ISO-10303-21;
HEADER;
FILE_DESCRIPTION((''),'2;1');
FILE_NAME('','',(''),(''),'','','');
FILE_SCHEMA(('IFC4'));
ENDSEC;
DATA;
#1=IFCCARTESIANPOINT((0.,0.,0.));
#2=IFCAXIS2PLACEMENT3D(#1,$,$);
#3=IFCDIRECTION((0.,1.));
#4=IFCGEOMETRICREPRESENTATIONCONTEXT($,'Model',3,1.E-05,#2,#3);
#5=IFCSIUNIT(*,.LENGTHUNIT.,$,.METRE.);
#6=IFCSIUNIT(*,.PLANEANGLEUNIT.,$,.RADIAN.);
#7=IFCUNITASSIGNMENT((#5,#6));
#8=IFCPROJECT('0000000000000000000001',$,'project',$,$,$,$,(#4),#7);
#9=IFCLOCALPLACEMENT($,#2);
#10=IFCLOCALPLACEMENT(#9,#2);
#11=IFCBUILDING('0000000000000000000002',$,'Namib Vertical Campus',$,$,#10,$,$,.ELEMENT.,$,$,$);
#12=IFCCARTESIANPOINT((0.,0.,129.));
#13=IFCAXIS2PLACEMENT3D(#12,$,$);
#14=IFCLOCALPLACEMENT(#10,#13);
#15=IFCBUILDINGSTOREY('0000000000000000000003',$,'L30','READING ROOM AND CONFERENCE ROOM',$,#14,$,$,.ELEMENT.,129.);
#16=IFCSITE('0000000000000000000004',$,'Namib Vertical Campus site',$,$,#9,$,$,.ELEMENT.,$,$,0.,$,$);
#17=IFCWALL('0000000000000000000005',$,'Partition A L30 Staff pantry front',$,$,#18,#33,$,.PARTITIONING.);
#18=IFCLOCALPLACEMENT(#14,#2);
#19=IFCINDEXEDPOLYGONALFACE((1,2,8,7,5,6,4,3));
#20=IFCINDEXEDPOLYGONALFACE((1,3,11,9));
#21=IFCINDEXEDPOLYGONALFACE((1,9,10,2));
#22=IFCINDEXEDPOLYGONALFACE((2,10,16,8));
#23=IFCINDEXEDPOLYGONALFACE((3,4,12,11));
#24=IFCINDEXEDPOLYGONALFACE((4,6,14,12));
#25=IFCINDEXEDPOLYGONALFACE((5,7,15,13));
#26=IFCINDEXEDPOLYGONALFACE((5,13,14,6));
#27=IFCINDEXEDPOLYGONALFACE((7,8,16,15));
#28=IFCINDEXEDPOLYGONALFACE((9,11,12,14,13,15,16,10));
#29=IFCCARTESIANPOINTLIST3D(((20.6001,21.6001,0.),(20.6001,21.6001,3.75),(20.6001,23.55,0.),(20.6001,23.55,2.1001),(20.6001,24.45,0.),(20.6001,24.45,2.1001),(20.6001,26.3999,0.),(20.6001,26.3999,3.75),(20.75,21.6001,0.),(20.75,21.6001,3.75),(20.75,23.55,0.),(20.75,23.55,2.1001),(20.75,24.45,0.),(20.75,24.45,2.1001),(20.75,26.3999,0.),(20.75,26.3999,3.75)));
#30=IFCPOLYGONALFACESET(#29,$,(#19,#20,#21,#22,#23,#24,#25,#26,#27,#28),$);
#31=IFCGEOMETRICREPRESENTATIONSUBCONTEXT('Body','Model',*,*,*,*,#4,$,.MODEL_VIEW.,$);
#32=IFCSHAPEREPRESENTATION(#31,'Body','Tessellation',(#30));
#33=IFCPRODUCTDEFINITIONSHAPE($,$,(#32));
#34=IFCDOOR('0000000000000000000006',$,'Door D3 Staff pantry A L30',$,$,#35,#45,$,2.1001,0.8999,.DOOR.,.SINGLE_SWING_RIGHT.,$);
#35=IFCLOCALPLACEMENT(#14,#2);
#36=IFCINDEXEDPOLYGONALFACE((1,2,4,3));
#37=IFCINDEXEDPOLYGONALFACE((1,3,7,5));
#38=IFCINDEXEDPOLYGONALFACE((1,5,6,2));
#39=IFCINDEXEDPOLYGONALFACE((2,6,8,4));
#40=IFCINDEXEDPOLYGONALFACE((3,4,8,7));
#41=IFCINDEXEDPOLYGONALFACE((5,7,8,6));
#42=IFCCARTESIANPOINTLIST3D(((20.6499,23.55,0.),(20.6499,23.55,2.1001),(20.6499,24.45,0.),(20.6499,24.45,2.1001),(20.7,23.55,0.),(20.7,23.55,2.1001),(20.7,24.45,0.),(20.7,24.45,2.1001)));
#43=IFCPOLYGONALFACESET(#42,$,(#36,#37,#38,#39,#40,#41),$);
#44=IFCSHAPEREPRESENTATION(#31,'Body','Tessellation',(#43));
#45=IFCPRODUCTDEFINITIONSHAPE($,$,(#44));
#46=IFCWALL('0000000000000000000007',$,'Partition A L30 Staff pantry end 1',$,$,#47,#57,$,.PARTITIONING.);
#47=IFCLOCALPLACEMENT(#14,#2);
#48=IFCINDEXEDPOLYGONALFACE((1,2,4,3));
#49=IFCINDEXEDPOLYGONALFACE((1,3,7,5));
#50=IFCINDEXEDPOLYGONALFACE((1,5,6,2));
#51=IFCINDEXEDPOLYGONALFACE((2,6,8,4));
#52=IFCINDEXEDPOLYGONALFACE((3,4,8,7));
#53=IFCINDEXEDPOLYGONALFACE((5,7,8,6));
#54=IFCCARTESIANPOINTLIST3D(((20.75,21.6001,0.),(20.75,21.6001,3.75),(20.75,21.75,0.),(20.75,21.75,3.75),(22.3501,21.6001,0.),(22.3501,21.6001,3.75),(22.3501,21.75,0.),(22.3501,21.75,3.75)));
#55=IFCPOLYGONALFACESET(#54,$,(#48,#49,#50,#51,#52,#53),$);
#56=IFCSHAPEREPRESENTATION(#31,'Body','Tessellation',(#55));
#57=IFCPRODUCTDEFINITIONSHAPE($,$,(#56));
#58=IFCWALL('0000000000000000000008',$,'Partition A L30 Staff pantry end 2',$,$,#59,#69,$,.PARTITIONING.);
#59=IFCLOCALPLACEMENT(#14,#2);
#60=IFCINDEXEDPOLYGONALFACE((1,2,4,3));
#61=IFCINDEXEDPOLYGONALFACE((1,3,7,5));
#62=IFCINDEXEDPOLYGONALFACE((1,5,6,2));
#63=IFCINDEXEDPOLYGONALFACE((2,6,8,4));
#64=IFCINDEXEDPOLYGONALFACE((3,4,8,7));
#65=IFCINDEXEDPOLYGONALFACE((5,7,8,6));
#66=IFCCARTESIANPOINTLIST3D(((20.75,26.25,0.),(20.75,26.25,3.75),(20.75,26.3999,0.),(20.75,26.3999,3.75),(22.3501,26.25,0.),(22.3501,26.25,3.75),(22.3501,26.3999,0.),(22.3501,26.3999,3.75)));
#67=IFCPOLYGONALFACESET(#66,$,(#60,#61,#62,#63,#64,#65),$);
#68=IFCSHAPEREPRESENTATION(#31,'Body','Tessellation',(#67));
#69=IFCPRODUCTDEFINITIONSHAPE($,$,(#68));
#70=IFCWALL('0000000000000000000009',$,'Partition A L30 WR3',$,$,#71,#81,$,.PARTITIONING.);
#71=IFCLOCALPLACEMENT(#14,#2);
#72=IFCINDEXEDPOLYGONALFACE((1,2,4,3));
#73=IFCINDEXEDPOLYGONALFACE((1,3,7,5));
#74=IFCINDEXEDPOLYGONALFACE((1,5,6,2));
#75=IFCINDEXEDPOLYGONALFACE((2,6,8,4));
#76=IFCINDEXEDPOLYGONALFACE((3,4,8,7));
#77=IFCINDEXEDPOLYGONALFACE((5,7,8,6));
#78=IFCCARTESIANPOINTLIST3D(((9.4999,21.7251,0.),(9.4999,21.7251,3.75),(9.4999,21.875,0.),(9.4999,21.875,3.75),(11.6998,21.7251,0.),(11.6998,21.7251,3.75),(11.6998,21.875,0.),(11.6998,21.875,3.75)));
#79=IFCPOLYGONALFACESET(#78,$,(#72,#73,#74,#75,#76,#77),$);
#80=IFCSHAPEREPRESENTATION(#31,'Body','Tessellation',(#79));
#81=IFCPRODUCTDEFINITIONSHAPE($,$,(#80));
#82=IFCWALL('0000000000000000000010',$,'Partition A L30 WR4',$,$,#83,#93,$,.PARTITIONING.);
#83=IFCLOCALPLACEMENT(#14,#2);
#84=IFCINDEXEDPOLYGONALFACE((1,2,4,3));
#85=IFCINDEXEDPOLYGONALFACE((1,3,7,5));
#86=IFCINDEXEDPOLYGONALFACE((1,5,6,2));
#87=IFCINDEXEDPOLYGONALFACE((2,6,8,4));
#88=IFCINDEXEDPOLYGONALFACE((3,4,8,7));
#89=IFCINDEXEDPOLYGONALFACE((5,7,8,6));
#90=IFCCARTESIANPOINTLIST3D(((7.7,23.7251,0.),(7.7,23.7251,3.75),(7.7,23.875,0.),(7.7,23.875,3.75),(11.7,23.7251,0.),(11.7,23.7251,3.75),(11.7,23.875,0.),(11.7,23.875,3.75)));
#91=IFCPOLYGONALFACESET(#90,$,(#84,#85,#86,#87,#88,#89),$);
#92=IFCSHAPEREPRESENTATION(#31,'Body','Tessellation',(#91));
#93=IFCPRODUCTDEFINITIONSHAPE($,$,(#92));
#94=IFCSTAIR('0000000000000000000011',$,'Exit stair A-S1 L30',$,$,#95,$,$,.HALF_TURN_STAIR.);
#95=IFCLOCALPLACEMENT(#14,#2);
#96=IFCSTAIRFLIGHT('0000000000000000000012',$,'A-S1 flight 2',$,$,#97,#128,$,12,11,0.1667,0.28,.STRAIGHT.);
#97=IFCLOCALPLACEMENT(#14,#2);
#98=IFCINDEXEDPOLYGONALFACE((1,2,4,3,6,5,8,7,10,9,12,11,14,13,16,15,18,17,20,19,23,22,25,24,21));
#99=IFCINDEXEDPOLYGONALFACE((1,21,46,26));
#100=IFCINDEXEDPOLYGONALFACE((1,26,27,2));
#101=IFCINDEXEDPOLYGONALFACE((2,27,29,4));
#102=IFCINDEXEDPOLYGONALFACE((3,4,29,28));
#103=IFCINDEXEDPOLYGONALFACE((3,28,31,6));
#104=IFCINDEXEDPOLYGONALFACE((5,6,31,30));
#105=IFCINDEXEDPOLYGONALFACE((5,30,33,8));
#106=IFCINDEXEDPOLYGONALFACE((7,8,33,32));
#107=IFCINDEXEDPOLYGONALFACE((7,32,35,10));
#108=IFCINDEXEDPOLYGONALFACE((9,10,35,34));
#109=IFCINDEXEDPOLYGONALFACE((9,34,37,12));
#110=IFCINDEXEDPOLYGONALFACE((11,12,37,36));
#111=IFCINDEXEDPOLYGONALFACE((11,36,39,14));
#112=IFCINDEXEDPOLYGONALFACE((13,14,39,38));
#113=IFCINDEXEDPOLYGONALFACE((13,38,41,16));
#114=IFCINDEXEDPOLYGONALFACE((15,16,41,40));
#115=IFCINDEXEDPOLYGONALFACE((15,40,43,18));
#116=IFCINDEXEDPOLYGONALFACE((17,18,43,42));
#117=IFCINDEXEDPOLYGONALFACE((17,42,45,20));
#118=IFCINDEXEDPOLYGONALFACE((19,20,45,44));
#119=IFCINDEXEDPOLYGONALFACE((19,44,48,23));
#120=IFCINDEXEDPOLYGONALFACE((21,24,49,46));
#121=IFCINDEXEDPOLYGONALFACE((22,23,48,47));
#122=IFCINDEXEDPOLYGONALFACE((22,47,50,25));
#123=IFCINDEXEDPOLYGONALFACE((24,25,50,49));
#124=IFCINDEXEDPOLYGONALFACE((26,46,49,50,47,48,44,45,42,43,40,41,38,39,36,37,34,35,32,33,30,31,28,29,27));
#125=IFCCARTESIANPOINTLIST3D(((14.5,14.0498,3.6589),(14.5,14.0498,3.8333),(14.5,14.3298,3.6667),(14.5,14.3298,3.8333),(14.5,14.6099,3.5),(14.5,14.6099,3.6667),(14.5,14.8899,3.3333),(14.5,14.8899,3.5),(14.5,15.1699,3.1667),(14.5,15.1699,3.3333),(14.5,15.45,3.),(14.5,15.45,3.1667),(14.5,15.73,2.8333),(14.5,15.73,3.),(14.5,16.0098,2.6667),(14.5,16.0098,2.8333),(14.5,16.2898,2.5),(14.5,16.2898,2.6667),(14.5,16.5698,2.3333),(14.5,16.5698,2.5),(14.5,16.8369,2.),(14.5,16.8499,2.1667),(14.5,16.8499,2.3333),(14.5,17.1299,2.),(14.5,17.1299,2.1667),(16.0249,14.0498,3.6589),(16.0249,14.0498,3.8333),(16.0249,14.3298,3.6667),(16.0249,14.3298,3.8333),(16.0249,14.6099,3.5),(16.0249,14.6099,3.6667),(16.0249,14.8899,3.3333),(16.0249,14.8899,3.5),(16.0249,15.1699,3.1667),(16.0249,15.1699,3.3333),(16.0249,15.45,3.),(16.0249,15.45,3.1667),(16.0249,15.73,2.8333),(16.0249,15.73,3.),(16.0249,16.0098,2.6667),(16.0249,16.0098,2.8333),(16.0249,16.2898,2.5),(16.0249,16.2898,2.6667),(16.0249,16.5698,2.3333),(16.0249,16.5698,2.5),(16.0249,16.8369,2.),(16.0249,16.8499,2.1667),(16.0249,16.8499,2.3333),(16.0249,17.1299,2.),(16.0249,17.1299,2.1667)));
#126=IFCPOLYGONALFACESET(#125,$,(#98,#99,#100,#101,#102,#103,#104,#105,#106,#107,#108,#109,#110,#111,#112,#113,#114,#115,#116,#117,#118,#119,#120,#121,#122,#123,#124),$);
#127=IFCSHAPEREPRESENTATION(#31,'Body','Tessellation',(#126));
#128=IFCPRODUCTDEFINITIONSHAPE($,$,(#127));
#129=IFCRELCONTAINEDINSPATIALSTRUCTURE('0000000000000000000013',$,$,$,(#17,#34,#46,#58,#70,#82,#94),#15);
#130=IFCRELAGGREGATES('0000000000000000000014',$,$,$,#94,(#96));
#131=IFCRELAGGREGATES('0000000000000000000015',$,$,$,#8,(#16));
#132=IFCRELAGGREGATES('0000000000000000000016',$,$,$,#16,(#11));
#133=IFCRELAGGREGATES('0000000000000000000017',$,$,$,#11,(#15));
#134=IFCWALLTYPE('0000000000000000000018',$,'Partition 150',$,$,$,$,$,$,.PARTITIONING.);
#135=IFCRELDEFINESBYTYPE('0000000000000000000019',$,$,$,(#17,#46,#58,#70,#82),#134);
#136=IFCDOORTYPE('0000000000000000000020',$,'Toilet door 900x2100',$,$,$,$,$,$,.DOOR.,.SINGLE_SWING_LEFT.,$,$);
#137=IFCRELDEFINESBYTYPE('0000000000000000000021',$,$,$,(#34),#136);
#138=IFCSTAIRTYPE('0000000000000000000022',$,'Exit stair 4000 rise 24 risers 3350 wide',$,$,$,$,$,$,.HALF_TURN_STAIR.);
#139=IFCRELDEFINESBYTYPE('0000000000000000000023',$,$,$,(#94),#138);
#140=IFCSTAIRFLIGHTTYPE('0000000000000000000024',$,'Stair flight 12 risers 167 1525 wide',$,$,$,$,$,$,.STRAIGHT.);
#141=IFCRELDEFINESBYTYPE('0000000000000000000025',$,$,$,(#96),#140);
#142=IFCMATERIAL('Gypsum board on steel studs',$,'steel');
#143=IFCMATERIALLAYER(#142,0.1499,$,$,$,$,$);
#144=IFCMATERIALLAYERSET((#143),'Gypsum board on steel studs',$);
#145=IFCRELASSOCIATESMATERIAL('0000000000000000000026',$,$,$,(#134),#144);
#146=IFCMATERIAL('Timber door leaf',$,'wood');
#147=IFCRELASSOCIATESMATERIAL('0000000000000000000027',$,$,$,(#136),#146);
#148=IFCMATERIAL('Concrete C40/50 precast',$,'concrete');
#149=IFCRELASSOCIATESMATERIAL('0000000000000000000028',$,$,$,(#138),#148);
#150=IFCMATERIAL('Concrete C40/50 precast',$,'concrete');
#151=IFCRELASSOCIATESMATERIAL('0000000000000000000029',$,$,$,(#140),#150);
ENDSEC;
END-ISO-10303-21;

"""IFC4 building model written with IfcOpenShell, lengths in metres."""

from ifc_helpers import new_model, si_unit, direction, frame, frame_2d, origin, place, context, subcontext, project, spatial, polyline, rectangle, outline, extrude, material, layer, layer_set, type_object, element, fill, aggregate, save


model = new_model("IFC4")

# Units and contexts
model_context = context("Model", 3, precision=1e-05, world=origin(), true_north=direction((0.0, 1.0)))
body_context = subcontext(model_context, "Body", "Model", "MODEL_VIEW")
ifc_project = project(units=[si_unit("LENGTHUNIT", "METRE"), si_unit("PLANEANGLEUNIT", "RADIAN")], contexts=[model_context])

# Site, building, storey
site_placement = place(None, origin())
site = spatial("IfcSite", under=ifc_project, at=site_placement, Name="Namib Vertical Campus site", CompositionType="ELEMENT", RefElevation=0.0)
building_placement = place(site_placement, origin())
building = spatial("IfcBuilding", under=site, at=building_placement, Name="Namib Vertical Campus", CompositionType="ELEMENT")
storey_placement = place(building_placement, frame((0.0, 0.0, 129.0)))
storey = spatial("IfcBuildingStorey", under=building, at=storey_placement, Name="L30", Description="READING ROOM AND CONFERENCE ROOM", CompositionType="ELEMENT", Elevation=129.0)

# Wall, opening, door
ifc_material_1 = material(Name="Gypsum board on steel studs", Category="steel")
ifc_layer_1 = layer(ifc_material_1, 0.1499)
ifc_layer_set_1 = layer_set([ifc_layer_1], Name="Gypsum board on steel studs")
wall_type_1 = type_object("IfcWallType", Name="Partition 150", PredefinedType="PARTITIONING", material=ifc_layer_set_1)
wall_1_placement = place(storey_placement, frame((20.675, 21.6001, 0.0), z_axis=(0.0, 0.0, 1.0), x_axis=(0.0, 1.0, 0.0)))
wall_1 = element("IfcWall", 1, at=wall_1_placement, inside=storey, type_object=wall_type_1, Name="Partition A L30 Staff pantry front", PredefinedType="PARTITIONING", context=body_context, shape_type="SweptSolid", body=[
    extrude(rectangle(XDim=4.7998, YDim=0.1499, at=frame_2d((2.3999, 0.0))), origin(), (0.0, 0.0, 1.0), 3.75),
])
opening_1_placement = place(wall_1_placement, frame((1.95, 0.0, 0.0)))
opening_1 = element("IfcOpeningElement", 2, at=opening_1_placement, cuts=wall_1, PredefinedType="OPENING", context=body_context, shape_type="SweptSolid", body=[
    extrude(rectangle(XDim=0.8999, YDim=2.1001, at=frame_2d((0.45, 1.05))), frame((0.0, 0.085, 0.0), z_axis=(0.0, -1.0, 0.0), x_axis=(1.0, 0.0, 0.0)), (0.0, 0.0, 1.0), 0.1699),
])
ifc_material_2 = material(Name="Timber door leaf", Category="wood")
door_type_1 = type_object("IfcDoorType", Name="Toilet door 900x2100", OperationType="SINGLE_SWING_LEFT", PredefinedType="DOOR", material=ifc_material_2)
door_1_placement = place(opening_1_placement, frame((0.8999, 0.0, 0.0), z_axis=(0.0, 0.0, 1.0), x_axis=(-1.0, 0.0, 0.0)))
door_1 = element("IfcDoor", 3, at=door_1_placement, inside=storey, type_object=door_type_1, Name="Door D3 Staff pantry A L30", OperationType="SINGLE_SWING_RIGHT", OverallHeight=2.1001, OverallWidth=0.8999, PredefinedType="DOOR", context=body_context, shape_type="SweptSolid", body=[
    extrude(rectangle(XDim=0.8999, YDim=2.1001, at=frame_2d((0.45, 1.05))), frame((0.0, 0.0249, 0.0), z_axis=(0.0, -1.0, 0.0), x_axis=(1.0, 0.0, 0.0)), (0.0, 0.0, 1.0), 0.05),
])
fill(opening_1, door_1)

# Walls
for number, where, z_axis, x_axis, name in (
    (4, (20.75, 21.675, 0.0), (0.0, 0.0, 1.0), (1.0, 0.0, 0.0), "Partition A L30 Staff pantry end 1"),
    (5, (20.75, 26.325, 0.0), (0.0, 0.0, 1.0), (1.0, 0.0, 0.0), "Partition A L30 Staff pantry end 2"),
):
    element("IfcWall", number, at=place(storey_placement, frame(where, z_axis=z_axis, x_axis=x_axis)), inside=storey, type_object=wall_type_1, Name=name, PredefinedType="PARTITIONING", context=body_context, shape_type="SweptSolid", body=[
        extrude(rectangle(XDim=1.6001, YDim=0.1499, at=frame_2d((0.8, 0.0))), origin(), (0.0, 0.0, 1.0), 3.75),
    ])
wall_2_placement = place(storey_placement, frame((11.7, 21.8, 0.0), z_axis=(0.0, 0.0, 1.0), x_axis=(-1.0, 0.0, 0.0)))
element("IfcWall", 6, at=wall_2_placement, inside=storey, type_object=wall_type_1, Name="Partition A L30 WR3", PredefinedType="PARTITIONING", context=body_context, shape_type="SweptSolid", body=[
    extrude(rectangle(XDim=2.2, YDim=0.1499, at=frame_2d((1.1001, 0.0))), origin(), (0.0, 0.0, 1.0), 3.75),
])
wall_3_placement = place(storey_placement, frame((11.7, 23.8, 0.0), z_axis=(0.0, 0.0, 1.0), x_axis=(-1.0, 0.0, 0.0)))
element("IfcWall", 7, at=wall_3_placement, inside=storey, type_object=wall_type_1, Name="Partition A L30 WR4", PredefinedType="PARTITIONING", context=body_context, shape_type="SweptSolid", body=[
    extrude(rectangle(XDim=4.0, YDim=0.1499, at=frame_2d((2.0, 0.0))), origin(), (0.0, 0.0, 1.0), 3.75),
])

# Stair, stair flight
ifc_material_3 = material(Name="Concrete C40/50 precast", Category="concrete")
stair_type = type_object("IfcStairType", Name="Exit stair 4000 rise 24 risers 3350 wide", PredefinedType="HALF_TURN_STAIR", material=ifc_material_3)
stair_placement = place(storey_placement, origin())
stair = element("IfcStair", 8, at=stair_placement, inside=storey, type_object=stair_type, Name="Exit stair A-S1 L30", PredefinedType="HALF_TURN_STAIR")
ifc_material_4 = material(Name="Concrete C40/50 precast", Category="concrete")
stair_flight_type = type_object("IfcStairFlightType", Name="Stair flight 12 risers 167 1525 wide", PredefinedType="STRAIGHT", material=ifc_material_4)
stair_flight_placement = place(storey_placement, frame((15.2625, 17.1299, 2.0), z_axis=(0.0, 0.0, 1.0), x_axis=(0.0, -1.0, 0.0)))
stair_flight = element("IfcStairFlight", 9, at=stair_flight_placement, type_object=stair_flight_type, Name="A-S1 flight 2", NumberOfRisers=12, NumberOfTreads=11, PredefinedType="STRAIGHT", RiserHeight=0.1667, TreadLength=0.28, context=body_context, shape_type="SweptSolid", body=[
    extrude(outline(polyline([(0.0, 0.0), (0.0, 0.1667), (0.28, 0.1667), (0.28, 0.3333), (0.5601, 0.3333), (0.5601, 0.5), (0.8401, 0.5), (0.8401, 0.6667), (1.1201, 0.6667), (1.1201, 0.8333), (1.3999, 0.8333), (1.3999, 1.0), (1.6799, 1.0), (1.6799, 1.1667), (1.96, 1.1667), (1.96, 1.3333), (2.24, 1.3333), (2.24, 1.5), (2.52, 1.5), (2.52, 1.6667), (2.8, 1.6667), (2.8, 1.8333), (3.0801, 1.8333), (3.0801, 2.0), (3.0801, 1.6589), (0.293, 0.0), (0.0, 0.0)])), frame((0.0, 0.7625, 0.0), z_axis=(0.0, -1.0, 0.0), x_axis=(1.0, 0.0, 0.0)), (0.0, 0.0, 1.0), 1.5249),
])
aggregate(stair, [stair_flight])

save(model, "model.ifc")
